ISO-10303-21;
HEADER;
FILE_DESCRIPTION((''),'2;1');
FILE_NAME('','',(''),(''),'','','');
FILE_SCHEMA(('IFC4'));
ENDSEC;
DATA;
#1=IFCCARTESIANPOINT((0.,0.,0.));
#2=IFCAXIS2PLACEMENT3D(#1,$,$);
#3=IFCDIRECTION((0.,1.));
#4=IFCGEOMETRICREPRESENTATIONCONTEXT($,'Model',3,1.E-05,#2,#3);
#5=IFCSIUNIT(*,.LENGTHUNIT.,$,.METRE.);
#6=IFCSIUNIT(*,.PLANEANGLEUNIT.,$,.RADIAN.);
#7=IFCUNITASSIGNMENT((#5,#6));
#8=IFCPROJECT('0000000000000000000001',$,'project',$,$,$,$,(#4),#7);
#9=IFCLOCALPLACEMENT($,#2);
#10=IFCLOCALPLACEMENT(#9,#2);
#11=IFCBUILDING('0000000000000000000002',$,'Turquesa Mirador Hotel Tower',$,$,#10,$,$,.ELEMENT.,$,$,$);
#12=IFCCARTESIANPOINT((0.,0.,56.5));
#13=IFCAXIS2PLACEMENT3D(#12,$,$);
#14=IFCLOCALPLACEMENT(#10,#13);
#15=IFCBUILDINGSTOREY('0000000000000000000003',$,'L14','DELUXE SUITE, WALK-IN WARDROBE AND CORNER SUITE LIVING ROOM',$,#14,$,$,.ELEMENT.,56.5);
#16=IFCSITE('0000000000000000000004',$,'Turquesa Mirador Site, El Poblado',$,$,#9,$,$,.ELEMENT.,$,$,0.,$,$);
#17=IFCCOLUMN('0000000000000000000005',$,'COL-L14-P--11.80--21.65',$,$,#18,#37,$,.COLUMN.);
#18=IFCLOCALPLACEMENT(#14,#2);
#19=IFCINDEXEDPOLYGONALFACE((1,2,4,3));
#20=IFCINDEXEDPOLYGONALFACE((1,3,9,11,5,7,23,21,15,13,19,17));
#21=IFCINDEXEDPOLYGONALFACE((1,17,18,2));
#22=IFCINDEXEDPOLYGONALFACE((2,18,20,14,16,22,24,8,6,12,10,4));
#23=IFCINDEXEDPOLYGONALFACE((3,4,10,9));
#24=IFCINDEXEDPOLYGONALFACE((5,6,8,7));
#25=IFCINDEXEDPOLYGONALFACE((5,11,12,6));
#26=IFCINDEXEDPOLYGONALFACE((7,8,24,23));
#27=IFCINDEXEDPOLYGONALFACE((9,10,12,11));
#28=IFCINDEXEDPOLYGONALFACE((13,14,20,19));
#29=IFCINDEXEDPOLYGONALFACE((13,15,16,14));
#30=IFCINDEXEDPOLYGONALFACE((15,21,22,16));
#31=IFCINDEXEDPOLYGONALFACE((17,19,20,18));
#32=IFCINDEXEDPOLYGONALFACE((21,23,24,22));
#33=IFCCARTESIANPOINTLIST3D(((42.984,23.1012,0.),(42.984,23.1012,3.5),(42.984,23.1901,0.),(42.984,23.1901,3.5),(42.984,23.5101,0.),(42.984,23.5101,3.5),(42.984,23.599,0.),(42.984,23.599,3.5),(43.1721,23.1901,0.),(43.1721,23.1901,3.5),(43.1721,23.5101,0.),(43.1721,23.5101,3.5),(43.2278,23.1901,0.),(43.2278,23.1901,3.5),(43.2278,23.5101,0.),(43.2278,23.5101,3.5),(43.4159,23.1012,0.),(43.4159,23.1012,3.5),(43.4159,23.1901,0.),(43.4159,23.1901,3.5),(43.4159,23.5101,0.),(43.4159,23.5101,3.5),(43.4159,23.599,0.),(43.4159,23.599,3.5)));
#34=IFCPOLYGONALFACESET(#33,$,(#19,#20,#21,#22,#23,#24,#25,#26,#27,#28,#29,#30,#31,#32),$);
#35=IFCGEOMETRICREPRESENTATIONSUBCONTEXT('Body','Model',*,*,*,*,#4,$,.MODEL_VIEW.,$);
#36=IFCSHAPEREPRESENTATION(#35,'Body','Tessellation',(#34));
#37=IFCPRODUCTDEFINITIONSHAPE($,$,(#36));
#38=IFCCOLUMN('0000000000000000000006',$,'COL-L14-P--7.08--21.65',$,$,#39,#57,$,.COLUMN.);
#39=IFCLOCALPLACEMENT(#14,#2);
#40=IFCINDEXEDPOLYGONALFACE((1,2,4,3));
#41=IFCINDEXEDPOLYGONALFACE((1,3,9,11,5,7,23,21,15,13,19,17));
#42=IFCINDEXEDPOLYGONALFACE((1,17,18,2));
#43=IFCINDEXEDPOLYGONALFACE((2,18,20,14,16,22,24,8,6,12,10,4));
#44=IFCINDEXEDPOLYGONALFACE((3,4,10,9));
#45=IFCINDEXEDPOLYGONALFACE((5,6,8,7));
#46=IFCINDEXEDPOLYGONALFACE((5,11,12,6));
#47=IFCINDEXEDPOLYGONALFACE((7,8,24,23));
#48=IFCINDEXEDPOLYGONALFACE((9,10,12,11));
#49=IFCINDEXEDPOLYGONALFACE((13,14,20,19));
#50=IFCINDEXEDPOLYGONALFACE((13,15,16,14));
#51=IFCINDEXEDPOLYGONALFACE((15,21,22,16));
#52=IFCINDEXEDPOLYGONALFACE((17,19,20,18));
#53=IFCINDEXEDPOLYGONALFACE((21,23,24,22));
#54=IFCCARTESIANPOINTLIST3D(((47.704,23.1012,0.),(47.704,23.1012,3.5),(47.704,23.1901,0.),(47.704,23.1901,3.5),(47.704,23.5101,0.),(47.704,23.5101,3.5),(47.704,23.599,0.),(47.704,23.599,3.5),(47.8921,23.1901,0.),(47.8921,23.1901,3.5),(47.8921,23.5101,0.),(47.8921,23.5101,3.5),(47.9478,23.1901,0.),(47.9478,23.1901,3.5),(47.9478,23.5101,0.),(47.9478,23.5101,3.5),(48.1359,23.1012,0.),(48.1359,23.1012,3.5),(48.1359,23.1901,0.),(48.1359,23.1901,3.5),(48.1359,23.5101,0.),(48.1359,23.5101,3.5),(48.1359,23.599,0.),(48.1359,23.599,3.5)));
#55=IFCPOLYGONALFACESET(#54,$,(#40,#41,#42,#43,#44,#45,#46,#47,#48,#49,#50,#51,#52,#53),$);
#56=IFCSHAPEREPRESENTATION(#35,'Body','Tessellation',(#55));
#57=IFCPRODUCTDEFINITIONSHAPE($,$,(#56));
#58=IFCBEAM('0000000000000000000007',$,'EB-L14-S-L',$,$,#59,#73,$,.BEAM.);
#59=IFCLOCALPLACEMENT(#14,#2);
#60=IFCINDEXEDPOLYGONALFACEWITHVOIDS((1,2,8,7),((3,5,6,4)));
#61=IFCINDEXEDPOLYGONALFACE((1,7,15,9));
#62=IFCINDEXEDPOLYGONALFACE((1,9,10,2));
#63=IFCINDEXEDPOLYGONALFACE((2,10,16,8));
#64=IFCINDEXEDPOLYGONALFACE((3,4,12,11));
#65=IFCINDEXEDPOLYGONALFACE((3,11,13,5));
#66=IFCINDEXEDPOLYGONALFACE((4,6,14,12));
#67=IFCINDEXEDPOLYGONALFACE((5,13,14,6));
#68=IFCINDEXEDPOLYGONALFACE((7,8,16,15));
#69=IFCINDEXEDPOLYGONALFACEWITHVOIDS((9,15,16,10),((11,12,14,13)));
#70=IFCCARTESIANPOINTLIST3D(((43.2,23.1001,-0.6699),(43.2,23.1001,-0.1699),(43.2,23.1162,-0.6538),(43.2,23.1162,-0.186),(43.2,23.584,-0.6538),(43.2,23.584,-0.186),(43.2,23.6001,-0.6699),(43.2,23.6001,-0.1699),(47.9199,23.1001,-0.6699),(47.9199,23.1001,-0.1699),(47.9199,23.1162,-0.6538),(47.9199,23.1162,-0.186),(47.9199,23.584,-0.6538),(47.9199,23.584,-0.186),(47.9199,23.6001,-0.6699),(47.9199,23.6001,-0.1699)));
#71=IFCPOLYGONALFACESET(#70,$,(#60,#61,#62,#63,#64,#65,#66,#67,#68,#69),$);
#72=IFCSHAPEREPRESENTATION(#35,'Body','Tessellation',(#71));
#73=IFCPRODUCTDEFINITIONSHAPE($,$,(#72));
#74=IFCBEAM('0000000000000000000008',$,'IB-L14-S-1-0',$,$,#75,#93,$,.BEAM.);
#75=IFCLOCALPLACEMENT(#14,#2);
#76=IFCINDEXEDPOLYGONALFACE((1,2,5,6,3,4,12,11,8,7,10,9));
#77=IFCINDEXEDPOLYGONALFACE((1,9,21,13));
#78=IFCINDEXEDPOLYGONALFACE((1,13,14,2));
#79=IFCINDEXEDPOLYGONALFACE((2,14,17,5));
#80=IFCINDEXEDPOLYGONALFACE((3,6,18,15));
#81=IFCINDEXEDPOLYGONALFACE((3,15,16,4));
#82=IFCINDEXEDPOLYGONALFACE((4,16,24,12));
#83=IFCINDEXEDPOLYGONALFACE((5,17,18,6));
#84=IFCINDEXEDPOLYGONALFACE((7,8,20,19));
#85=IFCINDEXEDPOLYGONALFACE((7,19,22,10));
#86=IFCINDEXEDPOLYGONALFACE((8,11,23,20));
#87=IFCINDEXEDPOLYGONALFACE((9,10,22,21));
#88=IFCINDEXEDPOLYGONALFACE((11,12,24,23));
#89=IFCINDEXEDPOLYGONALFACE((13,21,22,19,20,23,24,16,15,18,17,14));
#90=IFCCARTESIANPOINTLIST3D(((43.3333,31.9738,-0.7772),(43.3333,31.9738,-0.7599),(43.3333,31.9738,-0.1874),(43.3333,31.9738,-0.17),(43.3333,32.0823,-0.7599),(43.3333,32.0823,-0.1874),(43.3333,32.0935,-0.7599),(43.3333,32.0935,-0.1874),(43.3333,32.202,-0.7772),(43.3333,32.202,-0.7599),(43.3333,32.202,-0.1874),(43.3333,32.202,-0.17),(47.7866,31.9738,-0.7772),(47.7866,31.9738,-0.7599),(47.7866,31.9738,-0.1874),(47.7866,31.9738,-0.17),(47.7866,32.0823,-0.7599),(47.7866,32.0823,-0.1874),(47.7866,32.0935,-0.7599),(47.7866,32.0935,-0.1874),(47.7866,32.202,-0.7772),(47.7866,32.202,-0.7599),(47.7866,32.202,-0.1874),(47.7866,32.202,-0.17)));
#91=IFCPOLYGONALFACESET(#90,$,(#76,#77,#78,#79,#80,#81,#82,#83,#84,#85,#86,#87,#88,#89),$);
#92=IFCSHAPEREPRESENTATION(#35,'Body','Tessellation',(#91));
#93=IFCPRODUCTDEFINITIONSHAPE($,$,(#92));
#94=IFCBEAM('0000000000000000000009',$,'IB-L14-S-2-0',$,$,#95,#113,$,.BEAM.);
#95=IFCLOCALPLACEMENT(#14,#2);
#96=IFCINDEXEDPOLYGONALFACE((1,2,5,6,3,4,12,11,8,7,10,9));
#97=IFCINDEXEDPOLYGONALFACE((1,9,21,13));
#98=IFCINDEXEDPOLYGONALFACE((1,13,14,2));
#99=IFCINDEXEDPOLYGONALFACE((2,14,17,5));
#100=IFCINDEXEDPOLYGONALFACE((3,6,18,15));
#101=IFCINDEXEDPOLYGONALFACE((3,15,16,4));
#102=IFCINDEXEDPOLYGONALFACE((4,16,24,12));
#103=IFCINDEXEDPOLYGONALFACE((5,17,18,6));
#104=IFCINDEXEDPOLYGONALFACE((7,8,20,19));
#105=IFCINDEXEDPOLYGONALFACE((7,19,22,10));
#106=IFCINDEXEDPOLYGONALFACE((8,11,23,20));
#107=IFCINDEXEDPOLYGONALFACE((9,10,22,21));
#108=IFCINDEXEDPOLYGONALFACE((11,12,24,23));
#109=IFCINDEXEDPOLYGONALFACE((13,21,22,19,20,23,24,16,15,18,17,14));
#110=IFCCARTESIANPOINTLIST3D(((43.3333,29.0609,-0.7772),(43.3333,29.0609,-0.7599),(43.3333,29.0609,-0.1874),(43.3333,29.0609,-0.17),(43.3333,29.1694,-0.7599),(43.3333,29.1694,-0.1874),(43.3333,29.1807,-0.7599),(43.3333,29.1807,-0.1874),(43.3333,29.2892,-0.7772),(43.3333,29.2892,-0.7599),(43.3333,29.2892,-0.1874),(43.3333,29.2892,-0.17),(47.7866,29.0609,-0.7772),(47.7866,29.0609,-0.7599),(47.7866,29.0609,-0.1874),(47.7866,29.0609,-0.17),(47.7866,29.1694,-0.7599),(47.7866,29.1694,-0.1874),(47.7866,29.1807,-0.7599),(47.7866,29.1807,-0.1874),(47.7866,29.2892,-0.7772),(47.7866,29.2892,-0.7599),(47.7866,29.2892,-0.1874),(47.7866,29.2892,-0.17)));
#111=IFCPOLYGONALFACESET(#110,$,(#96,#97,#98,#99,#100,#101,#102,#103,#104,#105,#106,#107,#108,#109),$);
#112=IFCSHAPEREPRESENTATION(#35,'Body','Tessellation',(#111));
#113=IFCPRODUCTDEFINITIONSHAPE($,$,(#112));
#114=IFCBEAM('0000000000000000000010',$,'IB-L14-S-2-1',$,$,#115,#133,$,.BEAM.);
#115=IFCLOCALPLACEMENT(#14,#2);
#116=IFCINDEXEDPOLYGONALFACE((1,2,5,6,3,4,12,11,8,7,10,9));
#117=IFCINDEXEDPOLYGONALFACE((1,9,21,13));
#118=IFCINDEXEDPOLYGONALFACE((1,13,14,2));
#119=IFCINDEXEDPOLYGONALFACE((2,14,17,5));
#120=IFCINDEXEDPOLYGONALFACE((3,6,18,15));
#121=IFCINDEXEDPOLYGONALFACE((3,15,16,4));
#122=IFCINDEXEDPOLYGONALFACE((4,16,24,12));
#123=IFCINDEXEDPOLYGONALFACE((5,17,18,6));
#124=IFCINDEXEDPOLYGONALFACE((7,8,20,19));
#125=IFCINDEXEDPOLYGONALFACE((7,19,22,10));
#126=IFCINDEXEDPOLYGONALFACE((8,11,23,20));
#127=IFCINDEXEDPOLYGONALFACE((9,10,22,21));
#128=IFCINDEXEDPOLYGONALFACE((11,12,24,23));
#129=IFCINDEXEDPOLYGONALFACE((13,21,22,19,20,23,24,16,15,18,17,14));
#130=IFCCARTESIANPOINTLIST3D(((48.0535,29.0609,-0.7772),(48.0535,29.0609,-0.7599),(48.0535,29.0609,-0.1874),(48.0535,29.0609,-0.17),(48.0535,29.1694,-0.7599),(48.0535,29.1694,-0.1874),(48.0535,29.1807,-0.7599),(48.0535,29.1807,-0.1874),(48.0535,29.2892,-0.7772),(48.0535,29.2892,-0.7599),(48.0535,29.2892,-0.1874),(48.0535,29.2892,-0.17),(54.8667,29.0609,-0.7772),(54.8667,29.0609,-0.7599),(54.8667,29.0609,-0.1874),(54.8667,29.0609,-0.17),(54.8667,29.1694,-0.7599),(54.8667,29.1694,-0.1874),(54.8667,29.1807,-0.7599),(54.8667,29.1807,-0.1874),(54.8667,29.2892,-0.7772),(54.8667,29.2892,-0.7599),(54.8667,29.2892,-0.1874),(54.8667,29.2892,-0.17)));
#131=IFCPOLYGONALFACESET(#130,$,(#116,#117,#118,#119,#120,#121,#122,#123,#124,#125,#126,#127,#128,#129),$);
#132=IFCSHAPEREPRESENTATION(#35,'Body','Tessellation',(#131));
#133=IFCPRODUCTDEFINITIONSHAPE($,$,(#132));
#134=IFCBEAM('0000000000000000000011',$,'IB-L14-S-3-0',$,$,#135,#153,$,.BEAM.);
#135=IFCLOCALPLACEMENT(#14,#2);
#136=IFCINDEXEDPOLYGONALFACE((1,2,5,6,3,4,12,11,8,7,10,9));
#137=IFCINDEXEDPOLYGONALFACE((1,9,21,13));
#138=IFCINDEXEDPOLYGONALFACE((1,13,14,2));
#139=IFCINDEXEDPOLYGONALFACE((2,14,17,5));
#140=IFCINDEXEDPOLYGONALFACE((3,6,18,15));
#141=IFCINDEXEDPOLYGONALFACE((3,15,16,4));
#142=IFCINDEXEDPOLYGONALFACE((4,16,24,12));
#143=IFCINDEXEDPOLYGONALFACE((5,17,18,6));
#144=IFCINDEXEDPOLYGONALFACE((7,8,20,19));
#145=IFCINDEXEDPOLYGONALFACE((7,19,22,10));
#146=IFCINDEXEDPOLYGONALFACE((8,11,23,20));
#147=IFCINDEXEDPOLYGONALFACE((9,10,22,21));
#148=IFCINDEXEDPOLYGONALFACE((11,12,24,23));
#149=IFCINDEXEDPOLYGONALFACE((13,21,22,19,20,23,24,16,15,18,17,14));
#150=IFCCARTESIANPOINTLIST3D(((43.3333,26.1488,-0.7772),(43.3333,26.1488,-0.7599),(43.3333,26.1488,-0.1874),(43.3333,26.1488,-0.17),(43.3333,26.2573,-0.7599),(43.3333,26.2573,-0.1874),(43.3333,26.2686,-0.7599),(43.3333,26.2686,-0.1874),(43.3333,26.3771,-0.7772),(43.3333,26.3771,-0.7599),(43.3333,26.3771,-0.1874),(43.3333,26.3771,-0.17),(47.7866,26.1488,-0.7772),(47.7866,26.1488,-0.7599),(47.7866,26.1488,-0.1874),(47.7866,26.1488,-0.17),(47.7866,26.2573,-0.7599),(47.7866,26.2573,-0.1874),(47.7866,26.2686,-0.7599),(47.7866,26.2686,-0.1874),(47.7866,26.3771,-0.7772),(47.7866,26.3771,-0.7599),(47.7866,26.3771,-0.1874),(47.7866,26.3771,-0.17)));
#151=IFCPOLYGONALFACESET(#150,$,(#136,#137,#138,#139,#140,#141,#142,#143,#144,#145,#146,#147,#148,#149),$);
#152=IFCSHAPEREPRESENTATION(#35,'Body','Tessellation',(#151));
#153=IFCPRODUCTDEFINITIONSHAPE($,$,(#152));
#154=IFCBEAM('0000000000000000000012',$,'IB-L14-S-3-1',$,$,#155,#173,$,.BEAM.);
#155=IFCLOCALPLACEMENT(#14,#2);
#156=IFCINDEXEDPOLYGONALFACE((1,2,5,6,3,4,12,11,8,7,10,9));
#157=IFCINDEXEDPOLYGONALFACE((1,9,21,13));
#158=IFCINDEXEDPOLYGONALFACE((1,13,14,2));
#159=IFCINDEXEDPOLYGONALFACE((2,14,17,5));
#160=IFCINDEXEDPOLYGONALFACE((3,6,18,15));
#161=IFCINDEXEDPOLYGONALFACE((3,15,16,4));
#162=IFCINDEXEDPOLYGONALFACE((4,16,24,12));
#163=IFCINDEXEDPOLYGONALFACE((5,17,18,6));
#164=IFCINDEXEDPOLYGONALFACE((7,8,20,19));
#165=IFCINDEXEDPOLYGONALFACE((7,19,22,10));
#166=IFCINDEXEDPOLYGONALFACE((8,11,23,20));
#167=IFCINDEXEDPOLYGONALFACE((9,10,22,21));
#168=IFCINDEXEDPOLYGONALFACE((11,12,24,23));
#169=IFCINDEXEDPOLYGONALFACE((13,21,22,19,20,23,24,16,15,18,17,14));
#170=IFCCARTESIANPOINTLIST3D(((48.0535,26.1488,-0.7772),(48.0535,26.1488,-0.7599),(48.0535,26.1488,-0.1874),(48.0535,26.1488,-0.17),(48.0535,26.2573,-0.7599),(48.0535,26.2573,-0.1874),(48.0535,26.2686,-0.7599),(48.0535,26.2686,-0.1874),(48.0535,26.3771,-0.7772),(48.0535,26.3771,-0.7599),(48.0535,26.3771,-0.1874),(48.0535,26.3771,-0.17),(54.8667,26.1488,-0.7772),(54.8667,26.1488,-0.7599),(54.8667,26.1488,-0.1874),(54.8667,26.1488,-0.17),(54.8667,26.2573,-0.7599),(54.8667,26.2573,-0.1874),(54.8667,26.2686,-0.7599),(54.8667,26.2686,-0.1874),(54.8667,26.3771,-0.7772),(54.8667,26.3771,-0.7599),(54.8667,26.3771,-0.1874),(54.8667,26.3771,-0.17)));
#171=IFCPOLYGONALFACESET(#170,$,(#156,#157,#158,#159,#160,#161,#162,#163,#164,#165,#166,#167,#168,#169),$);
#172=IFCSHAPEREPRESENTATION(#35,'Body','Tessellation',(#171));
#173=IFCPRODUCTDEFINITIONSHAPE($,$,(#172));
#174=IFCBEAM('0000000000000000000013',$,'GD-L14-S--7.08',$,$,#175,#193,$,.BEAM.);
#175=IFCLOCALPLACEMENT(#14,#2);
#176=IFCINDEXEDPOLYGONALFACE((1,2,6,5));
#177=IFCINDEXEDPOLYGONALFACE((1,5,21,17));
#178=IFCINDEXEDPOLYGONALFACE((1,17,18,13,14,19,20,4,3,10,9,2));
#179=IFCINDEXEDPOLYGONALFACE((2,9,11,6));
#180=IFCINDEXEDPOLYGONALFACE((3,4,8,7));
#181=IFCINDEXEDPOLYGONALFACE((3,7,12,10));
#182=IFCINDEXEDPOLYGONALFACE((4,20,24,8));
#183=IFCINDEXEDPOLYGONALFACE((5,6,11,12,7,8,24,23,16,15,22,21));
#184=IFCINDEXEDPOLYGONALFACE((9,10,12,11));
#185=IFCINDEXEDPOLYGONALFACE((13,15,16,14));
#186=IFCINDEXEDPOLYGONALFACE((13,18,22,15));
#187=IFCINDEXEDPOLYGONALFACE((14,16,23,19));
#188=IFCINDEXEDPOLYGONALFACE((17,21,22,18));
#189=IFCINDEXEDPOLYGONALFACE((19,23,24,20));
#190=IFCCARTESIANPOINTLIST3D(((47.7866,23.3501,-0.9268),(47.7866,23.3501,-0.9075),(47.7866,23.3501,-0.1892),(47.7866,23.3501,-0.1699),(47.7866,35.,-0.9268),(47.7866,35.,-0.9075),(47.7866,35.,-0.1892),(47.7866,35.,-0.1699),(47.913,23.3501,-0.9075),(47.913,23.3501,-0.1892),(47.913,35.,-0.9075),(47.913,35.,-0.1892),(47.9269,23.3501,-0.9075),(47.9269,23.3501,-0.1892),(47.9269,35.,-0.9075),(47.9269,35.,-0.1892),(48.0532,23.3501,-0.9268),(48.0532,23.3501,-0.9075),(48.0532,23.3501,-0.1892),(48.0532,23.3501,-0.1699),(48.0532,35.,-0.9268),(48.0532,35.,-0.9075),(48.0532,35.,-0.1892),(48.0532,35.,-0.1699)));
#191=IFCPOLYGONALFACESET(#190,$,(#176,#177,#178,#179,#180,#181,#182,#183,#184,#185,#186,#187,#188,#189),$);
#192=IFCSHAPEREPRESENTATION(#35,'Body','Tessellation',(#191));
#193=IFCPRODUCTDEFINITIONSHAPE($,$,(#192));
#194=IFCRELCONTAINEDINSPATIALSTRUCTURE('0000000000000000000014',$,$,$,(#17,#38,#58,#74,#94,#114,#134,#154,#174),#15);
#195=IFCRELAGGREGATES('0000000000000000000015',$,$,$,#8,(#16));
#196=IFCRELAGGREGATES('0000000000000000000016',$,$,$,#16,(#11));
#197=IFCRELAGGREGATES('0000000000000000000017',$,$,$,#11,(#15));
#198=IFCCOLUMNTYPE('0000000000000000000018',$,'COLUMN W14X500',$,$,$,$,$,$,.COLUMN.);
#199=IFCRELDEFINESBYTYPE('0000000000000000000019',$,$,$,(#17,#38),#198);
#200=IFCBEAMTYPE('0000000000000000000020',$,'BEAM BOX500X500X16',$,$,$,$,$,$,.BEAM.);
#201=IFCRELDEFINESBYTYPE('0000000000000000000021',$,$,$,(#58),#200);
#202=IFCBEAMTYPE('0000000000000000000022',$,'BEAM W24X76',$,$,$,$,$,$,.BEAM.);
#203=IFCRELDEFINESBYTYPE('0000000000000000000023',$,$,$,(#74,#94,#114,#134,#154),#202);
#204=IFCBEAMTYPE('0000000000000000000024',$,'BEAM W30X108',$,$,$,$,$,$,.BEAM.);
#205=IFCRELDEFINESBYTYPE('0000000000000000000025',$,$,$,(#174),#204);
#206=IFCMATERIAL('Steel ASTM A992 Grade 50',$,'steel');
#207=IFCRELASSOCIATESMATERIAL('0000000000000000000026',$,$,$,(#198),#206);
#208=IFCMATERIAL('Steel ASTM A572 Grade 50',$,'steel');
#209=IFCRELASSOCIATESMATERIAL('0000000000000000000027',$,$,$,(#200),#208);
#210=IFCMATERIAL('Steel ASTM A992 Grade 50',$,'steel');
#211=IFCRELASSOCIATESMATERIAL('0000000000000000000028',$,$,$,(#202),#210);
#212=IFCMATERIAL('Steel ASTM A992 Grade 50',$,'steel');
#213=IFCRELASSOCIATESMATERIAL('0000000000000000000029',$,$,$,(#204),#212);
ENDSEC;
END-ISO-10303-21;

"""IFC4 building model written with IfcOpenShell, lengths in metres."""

from ifc_helpers import new_model, si_unit, direction, frame, origin, origin_2d, place, context, subcontext, project, spatial, hollow_rectangle, i_section, extrude, material, material_profile, profile_set, type_object, element, save


model = new_model("IFC4")

# Units and contexts
model_context = context("Model", 3, precision=1e-05, world=origin(), true_north=direction((0.0, 1.0)))
body_context = subcontext(model_context, "Body", "Model", "MODEL_VIEW")
ifc_project = project(units=[si_unit("LENGTHUNIT", "METRE"), si_unit("PLANEANGLEUNIT", "RADIAN")], contexts=[model_context])

# Site, building, storey
site_placement = place(None, origin())
site = spatial("IfcSite", under=ifc_project, at=site_placement, Name="Turquesa Mirador Site, El Poblado", CompositionType="ELEMENT", RefElevation=0.0)
building_placement = place(site_placement, origin())
building = spatial("IfcBuilding", under=site, at=building_placement, Name="Turquesa Mirador Hotel Tower", CompositionType="ELEMENT")
storey_placement = place(building_placement, frame((0.0, 0.0, 56.5)))
storey = spatial("IfcBuildingStorey", under=building, at=storey_placement, Name="L14", Description="DELUXE SUITE, WALK-IN WARDROBE AND CORNER SUITE LIVING ROOM", CompositionType="ELEMENT", Elevation=56.5)

# Columns
ifc_material_1 = material(Name="Steel ASTM A992 Grade 50", Category="steel")
ifc_material_profile_1 = material_profile(ifc_material_1, i_section(OverallWidth=0.4319, OverallDepth=0.4978, WebThickness=0.0557, FlangeThickness=0.0889, at=origin_2d()), Name="W14X500")
ifc_profile_set_1 = profile_set([ifc_material_profile_1], Name="Steel ASTM A992 Grade 50")
column_type = type_object("IfcColumnType", Name="COLUMN W14X500", PredefinedType="COLUMN", material=ifc_profile_set_1)
for number, where, z_axis, x_axis, name in (
    (1, (43.2, 23.3501, 0.0), (0.0, 0.0, 1.0), (1.0, 0.0, 0.0), "COL-L14-P--11.80--21.65"),
    (2, (47.9199, 23.3501, 0.0), (0.0, 0.0, 1.0), (1.0, 0.0, 0.0), "COL-L14-P--7.08--21.65"),
):
    element("IfcColumn", number, at=place(storey_placement, frame(where, z_axis=z_axis, x_axis=x_axis)), inside=storey, type_object=column_type, Name=name, PredefinedType="COLUMN", context=body_context, shape_type="SweptSolid", body=[
        extrude(i_section(OverallWidth=0.4319, OverallDepth=0.4978, WebThickness=0.0557, FlangeThickness=0.0889, at=origin_2d()), origin(), (0.0, 0.0, 1.0), 3.5),
    ])

# Beams
ifc_material_2 = material(Name="Steel ASTM A572 Grade 50", Category="steel")
ifc_material_profile_2 = material_profile(ifc_material_2, hollow_rectangle(XDim=0.5, YDim=0.5, WallThickness=0.0161, at=origin_2d()), Name="BOX500X500X16")
ifc_profile_set_2 = profile_set([ifc_material_profile_2], Name="Steel ASTM A572 Grade 50")
beam_type_1 = type_object("IfcBeamType", Name="BEAM BOX500X500X16", PredefinedType="BEAM", material=ifc_profile_set_2)
beam_1_placement = place(storey_placement, frame((43.2, 23.3501, -0.4199), z_axis=(1.0, 0.0, 0.0), x_axis=(0.0, 1.0, 0.0)))
element("IfcBeam", 3, at=beam_1_placement, inside=storey, type_object=beam_type_1, Name="EB-L14-S-L", PredefinedType="BEAM", context=body_context, shape_type="SweptSolid", body=[
    extrude(hollow_rectangle(XDim=0.5, YDim=0.5, WallThickness=0.0161, at=origin_2d()), origin(), (0.0, 0.0, 1.0), 4.72),
])
ifc_material_3 = material(Name="Steel ASTM A992 Grade 50", Category="steel")
ifc_material_profile_3 = material_profile(ifc_material_3, i_section(OverallWidth=0.2283, OverallDepth=0.6072, WebThickness=0.0112, FlangeThickness=0.0173, at=origin_2d()), Name="W24X76")
ifc_profile_set_3 = profile_set([ifc_material_profile_3], Name="Steel ASTM A992 Grade 50")
beam_type_2 = type_object("IfcBeamType", Name="BEAM W24X76", PredefinedType="BEAM", material=ifc_profile_set_3)
for number, where, z_axis, x_axis, name in (
    (4, (43.3333, 32.0879, -0.4736), (1.0, 0.0, 0.0), (0.0, 1.0, 0.0), "IB-L14-S-1-0"),
    (5, (43.3333, 29.175, -0.4736), (1.0, 0.0, 0.0), (0.0, 1.0, 0.0), "IB-L14-S-2-0"),
):
    element("IfcBeam", number, at=place(storey_placement, frame(where, z_axis=z_axis, x_axis=x_axis)), inside=storey, type_object=beam_type_2, Name=name, PredefinedType="BEAM", context=body_context, shape_type="SweptSolid", body=[
        extrude(i_section(OverallWidth=0.2283, OverallDepth=0.6072, WebThickness=0.0112, FlangeThickness=0.0173, at=origin_2d()), origin(), (0.0, 0.0, 1.0), 4.4534),
    ])
beam_2_placement = place(storey_placement, frame((48.0535, 29.175, -0.4736), z_axis=(1.0, 0.0, 0.0), x_axis=(0.0, 1.0, 0.0)))
element("IfcBeam", 6, at=beam_2_placement, inside=storey, type_object=beam_type_2, Name="IB-L14-S-2-1", PredefinedType="BEAM", context=body_context, shape_type="SweptSolid", body=[
    extrude(i_section(OverallWidth=0.2283, OverallDepth=0.6072, WebThickness=0.0112, FlangeThickness=0.0173, at=origin_2d()), origin(), (0.0, 0.0, 1.0), 6.8132),
])
beam_3_placement = place(storey_placement, frame((43.3333, 26.2629, -0.4736), z_axis=(1.0, 0.0, 0.0), x_axis=(0.0, 1.0, 0.0)))
element("IfcBeam", 7, at=beam_3_placement, inside=storey, type_object=beam_type_2, Name="IB-L14-S-3-0", PredefinedType="BEAM", context=body_context, shape_type="SweptSolid", body=[
    extrude(i_section(OverallWidth=0.2283, OverallDepth=0.6072, WebThickness=0.0112, FlangeThickness=0.0173, at=origin_2d()), origin(), (0.0, 0.0, 1.0), 4.4534),
])
beam_4_placement = place(storey_placement, frame((48.0535, 26.2629, -0.4736), z_axis=(1.0, 0.0, 0.0), x_axis=(0.0, 1.0, 0.0)))
element("IfcBeam", 8, at=beam_4_placement, inside=storey, type_object=beam_type_2, Name="IB-L14-S-3-1", PredefinedType="BEAM", context=body_context, shape_type="SweptSolid", body=[
    extrude(i_section(OverallWidth=0.2283, OverallDepth=0.6072, WebThickness=0.0112, FlangeThickness=0.0173, at=origin_2d()), origin(), (0.0, 0.0, 1.0), 6.8132),
])
ifc_material_4 = material(Name="Steel ASTM A992 Grade 50", Category="steel")
ifc_material_profile_4 = material_profile(ifc_material_4, i_section(OverallWidth=0.2666, OverallDepth=0.7568, WebThickness=0.0139, FlangeThickness=0.0193, at=origin_2d()), Name="W30X108")
ifc_profile_set_4 = profile_set([ifc_material_profile_4], Name="Steel ASTM A992 Grade 50")
beam_type_3 = type_object("IfcBeamType", Name="BEAM W30X108", PredefinedType="BEAM", material=ifc_profile_set_4)
beam_5_placement = place(storey_placement, frame((47.9199, 23.3501, -0.5483), z_axis=(0.0, 1.0, 0.0), x_axis=(-1.0, 0.0, 0.0)))
element("IfcBeam", 9, at=beam_5_placement, inside=storey, type_object=beam_type_3, Name="GD-L14-S--7.08", PredefinedType="BEAM", context=body_context, shape_type="SweptSolid", body=[
    extrude(i_section(OverallWidth=0.2666, OverallDepth=0.7568, WebThickness=0.0139, FlangeThickness=0.0193, at=origin_2d()), origin(), (0.0, 0.0, 1.0), 11.6499),
])

save(model, "model.ifc")
